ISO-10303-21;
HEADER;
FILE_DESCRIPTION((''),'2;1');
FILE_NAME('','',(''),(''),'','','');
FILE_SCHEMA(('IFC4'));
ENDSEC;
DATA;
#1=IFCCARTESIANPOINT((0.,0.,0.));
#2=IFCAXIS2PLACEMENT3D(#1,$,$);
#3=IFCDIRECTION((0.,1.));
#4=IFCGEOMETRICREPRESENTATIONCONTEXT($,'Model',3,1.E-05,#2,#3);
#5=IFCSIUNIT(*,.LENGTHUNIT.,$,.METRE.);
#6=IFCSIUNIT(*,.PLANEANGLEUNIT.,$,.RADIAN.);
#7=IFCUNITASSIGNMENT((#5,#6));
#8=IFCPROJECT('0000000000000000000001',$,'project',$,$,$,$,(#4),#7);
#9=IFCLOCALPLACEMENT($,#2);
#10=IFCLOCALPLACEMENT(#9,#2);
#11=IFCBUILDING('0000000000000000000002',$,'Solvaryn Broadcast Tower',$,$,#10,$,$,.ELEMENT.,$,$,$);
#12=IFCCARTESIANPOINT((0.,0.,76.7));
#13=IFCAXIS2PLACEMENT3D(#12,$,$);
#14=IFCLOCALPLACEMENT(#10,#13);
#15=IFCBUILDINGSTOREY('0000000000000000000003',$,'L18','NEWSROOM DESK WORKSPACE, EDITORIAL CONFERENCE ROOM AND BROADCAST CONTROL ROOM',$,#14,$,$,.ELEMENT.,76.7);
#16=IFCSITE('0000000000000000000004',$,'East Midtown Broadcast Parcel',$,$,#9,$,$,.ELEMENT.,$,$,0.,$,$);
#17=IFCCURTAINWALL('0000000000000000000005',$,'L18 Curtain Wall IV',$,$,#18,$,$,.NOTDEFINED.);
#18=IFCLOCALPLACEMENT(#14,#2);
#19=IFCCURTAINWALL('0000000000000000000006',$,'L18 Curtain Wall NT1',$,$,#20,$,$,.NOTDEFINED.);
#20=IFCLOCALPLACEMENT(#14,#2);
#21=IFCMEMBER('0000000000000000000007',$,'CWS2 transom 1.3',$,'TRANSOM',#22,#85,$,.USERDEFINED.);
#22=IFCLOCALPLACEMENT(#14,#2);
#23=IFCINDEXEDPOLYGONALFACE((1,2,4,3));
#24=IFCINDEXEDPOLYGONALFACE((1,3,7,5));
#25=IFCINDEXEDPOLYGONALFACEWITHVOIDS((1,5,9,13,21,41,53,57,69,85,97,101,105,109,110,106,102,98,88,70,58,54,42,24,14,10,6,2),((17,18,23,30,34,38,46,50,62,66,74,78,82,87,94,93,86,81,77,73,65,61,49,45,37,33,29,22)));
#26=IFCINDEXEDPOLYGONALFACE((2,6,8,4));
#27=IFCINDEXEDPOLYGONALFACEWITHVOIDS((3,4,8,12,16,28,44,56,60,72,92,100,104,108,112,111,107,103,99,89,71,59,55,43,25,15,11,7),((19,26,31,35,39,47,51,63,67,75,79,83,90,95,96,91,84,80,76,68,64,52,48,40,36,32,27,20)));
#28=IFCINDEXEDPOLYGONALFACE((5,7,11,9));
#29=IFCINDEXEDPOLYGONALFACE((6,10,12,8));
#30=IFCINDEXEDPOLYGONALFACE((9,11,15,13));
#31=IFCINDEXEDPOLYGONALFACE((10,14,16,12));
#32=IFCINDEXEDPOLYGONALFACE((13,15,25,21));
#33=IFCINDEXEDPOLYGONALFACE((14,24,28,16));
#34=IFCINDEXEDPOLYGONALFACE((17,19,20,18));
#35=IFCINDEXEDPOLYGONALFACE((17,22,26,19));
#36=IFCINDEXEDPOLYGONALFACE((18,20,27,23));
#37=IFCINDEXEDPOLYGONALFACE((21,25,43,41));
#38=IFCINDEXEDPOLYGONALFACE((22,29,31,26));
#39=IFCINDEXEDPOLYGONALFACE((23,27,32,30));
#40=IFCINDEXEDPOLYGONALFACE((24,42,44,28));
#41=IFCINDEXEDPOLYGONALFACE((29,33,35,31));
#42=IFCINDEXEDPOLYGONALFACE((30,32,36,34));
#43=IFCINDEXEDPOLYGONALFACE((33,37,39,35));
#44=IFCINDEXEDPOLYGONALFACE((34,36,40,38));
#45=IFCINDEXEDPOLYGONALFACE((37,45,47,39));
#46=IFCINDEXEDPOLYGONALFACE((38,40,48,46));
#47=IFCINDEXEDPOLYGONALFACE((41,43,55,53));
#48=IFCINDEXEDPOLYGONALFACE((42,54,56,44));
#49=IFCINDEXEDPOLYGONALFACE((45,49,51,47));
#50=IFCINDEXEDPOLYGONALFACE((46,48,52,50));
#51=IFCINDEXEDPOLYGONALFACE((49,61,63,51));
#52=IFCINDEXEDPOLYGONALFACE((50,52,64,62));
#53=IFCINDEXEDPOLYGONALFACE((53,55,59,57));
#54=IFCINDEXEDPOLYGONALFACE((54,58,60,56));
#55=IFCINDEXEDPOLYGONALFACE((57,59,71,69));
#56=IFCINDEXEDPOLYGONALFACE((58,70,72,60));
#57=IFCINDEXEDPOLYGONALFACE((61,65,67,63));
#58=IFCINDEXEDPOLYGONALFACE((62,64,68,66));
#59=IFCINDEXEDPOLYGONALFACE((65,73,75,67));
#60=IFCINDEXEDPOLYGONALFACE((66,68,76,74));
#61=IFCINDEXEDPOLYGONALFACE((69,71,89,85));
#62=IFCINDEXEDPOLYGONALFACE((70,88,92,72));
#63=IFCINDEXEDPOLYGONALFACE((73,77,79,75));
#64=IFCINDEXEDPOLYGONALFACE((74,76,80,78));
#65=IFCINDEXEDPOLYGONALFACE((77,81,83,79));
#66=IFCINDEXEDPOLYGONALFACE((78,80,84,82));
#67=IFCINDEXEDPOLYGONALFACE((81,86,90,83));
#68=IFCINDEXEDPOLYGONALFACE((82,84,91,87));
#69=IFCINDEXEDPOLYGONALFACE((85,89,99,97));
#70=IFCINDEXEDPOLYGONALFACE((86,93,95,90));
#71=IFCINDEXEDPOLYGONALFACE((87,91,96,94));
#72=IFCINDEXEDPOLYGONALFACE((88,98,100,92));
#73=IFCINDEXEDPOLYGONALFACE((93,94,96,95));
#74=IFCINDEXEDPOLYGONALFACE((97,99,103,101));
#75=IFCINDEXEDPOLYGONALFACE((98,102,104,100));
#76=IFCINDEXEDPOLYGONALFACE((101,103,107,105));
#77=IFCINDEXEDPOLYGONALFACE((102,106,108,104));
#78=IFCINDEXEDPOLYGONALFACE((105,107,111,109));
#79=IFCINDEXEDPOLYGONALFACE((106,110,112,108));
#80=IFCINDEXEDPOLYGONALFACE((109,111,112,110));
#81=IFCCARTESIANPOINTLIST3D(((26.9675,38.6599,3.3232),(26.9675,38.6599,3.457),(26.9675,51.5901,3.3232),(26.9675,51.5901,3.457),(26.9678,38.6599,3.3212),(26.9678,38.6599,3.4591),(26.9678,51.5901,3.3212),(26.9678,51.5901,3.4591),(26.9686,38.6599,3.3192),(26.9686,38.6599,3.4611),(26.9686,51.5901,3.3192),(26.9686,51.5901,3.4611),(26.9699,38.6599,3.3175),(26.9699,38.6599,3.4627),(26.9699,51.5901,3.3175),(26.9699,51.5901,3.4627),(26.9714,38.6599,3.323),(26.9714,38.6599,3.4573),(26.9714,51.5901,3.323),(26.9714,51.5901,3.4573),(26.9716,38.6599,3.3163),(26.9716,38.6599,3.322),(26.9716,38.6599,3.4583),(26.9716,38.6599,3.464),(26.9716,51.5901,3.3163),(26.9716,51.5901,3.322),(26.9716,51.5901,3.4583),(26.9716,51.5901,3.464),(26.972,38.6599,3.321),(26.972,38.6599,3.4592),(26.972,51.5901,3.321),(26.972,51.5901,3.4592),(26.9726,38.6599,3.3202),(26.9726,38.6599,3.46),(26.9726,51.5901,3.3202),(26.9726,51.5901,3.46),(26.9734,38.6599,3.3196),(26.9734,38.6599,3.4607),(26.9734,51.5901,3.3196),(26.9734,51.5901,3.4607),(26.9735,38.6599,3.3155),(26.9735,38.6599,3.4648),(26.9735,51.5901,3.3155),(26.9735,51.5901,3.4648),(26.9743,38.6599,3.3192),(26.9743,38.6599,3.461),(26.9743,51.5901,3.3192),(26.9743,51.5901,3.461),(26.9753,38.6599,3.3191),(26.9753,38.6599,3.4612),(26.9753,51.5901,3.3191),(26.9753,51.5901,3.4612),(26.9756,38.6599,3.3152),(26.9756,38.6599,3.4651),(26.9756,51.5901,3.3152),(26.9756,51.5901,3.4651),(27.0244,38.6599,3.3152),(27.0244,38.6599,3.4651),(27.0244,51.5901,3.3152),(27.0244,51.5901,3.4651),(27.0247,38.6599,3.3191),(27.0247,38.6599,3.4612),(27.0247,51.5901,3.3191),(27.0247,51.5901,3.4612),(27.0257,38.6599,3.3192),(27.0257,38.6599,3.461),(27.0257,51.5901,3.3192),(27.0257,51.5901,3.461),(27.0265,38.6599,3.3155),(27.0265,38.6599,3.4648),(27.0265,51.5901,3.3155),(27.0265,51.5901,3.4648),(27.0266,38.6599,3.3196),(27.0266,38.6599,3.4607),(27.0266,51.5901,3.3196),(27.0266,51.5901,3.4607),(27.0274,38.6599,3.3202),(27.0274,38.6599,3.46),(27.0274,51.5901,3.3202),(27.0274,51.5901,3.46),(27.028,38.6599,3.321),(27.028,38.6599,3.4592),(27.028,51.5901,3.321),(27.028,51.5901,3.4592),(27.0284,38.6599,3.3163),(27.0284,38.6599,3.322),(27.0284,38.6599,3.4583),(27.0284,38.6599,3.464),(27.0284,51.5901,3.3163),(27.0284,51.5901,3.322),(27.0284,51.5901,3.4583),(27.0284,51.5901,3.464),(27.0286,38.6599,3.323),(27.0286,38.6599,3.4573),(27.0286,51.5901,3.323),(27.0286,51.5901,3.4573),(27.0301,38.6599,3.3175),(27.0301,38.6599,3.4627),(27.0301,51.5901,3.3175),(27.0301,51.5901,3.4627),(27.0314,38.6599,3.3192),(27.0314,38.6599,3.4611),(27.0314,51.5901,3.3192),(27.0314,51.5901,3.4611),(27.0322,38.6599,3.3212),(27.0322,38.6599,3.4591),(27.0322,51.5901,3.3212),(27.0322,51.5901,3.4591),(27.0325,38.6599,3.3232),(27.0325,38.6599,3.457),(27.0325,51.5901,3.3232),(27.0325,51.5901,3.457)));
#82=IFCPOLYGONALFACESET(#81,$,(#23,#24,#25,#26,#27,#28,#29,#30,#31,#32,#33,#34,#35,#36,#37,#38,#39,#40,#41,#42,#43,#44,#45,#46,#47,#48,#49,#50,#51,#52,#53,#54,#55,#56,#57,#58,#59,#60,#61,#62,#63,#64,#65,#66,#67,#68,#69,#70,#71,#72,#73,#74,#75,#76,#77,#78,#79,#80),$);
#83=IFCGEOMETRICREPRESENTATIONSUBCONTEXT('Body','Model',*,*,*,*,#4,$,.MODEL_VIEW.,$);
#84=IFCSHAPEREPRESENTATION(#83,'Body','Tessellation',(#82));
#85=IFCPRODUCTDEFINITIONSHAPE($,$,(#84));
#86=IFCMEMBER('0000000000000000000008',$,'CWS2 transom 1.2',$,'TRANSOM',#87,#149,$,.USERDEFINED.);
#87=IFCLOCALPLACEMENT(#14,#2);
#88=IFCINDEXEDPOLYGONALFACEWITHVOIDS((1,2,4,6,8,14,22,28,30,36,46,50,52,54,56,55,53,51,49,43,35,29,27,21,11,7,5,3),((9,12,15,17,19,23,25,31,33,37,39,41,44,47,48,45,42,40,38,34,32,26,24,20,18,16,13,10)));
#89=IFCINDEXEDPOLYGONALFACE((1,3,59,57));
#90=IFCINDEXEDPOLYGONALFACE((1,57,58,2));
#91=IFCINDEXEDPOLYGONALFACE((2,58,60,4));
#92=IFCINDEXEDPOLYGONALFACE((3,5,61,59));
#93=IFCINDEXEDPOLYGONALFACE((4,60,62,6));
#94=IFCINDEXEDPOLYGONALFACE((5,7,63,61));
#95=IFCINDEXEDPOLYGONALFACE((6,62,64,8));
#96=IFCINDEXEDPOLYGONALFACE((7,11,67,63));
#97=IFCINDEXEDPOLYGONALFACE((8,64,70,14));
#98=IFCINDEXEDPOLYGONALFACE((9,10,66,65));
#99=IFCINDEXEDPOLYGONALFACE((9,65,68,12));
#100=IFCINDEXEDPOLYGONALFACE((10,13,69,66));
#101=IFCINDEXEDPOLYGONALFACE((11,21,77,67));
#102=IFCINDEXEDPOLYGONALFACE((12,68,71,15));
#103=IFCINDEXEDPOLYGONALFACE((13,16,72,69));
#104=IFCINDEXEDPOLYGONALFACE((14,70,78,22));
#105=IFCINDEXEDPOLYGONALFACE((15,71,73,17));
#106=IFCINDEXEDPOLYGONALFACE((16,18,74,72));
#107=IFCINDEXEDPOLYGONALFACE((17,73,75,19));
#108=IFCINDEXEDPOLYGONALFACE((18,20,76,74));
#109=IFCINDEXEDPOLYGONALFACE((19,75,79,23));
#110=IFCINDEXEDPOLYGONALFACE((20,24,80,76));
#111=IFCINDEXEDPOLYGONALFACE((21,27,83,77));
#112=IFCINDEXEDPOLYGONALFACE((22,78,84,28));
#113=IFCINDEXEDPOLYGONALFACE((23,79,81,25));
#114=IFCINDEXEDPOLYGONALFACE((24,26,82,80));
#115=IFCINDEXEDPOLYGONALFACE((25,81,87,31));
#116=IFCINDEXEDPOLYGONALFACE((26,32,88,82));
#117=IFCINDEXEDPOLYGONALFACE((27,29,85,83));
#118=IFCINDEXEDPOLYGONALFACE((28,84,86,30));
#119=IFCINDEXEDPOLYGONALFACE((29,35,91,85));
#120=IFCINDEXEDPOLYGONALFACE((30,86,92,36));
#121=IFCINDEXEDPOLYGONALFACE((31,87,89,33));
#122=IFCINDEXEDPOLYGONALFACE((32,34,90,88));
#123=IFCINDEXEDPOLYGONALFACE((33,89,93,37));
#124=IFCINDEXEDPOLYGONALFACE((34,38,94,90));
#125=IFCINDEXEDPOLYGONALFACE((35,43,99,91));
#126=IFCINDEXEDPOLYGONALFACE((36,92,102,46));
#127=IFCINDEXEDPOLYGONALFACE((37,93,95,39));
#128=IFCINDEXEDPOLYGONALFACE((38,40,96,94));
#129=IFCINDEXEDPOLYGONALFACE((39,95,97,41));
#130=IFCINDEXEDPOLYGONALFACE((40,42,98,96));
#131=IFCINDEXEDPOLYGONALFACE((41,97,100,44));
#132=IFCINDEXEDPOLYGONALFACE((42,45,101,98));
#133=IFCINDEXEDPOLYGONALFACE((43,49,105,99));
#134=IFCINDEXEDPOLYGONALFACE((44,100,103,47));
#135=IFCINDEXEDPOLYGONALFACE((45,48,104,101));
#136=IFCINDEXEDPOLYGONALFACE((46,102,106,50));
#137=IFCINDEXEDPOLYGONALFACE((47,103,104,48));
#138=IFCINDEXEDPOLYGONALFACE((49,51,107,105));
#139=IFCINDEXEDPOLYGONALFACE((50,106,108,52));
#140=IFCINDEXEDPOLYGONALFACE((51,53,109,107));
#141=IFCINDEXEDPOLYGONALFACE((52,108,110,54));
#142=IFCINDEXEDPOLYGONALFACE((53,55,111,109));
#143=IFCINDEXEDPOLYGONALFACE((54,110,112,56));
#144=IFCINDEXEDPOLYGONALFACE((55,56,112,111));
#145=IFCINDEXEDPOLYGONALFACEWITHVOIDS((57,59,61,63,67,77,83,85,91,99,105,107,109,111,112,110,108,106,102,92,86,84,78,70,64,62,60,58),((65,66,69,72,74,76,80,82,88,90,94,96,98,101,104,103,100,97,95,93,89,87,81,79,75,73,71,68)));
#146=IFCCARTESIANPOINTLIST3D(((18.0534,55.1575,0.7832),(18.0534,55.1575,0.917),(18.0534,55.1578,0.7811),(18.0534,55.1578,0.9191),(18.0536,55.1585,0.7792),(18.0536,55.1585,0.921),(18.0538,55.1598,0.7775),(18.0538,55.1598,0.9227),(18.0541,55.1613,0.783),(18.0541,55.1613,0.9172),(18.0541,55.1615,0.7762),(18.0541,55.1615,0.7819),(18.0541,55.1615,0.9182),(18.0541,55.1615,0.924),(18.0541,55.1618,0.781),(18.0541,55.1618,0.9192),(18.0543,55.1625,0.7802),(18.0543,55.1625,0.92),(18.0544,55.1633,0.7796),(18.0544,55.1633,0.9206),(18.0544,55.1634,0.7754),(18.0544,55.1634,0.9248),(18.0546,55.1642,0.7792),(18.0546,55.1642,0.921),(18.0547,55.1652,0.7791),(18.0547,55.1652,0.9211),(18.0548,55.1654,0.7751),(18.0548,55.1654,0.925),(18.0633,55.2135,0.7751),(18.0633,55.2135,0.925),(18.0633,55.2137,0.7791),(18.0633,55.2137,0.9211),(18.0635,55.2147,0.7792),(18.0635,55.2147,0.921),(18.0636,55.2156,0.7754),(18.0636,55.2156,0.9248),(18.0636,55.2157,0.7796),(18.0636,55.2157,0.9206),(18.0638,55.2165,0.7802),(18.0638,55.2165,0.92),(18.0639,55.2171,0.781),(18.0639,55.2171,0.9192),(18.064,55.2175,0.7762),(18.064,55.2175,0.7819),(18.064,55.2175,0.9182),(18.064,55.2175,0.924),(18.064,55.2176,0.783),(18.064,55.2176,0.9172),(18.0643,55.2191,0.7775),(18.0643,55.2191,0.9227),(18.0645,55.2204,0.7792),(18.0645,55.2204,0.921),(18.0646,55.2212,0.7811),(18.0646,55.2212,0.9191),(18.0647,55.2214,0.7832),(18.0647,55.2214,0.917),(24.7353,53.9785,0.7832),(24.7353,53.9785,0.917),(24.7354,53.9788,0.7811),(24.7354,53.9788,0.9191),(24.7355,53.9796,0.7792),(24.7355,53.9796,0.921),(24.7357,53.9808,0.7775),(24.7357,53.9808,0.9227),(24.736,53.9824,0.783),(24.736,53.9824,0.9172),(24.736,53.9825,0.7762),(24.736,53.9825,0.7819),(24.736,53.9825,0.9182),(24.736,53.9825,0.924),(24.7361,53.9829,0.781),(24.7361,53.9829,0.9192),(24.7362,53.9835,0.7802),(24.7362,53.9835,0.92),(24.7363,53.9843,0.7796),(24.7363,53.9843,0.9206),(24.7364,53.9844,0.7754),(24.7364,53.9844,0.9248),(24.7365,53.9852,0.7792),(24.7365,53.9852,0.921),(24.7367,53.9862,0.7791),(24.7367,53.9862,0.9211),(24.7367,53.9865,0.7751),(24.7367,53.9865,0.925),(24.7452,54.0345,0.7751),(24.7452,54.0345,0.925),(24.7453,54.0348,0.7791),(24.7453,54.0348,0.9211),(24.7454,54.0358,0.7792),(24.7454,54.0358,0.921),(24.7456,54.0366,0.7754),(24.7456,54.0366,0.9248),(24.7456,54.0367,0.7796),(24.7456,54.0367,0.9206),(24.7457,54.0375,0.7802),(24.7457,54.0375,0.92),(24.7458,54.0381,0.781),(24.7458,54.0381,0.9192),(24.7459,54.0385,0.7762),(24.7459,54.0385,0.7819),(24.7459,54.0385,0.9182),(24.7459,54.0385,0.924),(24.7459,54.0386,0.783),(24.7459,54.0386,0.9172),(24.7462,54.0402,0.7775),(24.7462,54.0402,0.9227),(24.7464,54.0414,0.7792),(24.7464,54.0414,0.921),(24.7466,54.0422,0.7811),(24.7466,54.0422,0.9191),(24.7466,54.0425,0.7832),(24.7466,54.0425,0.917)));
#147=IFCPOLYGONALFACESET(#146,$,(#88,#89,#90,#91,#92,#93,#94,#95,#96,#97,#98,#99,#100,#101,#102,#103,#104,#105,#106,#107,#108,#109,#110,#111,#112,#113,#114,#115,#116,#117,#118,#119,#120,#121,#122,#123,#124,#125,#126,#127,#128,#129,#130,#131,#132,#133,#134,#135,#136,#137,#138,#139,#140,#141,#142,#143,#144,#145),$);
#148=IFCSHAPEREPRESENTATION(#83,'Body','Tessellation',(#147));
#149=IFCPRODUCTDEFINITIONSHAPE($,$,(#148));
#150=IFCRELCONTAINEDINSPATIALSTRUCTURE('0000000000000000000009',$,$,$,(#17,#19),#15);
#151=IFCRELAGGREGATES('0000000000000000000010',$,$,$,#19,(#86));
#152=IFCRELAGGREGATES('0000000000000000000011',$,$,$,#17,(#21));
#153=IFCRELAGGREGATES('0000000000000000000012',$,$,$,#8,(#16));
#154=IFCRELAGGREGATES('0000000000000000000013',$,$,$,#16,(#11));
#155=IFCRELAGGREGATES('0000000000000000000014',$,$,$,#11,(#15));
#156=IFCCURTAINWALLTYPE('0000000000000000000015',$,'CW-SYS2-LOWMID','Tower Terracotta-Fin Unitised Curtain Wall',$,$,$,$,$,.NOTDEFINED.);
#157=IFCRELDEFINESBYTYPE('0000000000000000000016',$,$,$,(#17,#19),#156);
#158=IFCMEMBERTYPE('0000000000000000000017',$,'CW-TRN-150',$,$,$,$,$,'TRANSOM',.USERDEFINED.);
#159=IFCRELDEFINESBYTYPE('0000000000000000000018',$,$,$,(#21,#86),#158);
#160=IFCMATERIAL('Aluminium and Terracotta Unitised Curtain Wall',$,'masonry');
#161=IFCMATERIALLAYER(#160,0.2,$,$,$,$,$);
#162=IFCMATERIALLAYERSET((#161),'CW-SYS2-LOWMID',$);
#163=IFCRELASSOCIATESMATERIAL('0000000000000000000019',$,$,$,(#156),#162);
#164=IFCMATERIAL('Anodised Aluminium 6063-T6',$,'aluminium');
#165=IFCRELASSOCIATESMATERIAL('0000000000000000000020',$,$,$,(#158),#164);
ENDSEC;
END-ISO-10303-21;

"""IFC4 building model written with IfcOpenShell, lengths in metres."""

from ifc_helpers import new_model, si_unit, direction, frame, origin, origin_2d, place, context, subcontext, project, spatial, hollow_rectangle, extrude, material, layer, layer_set, material_profile, profile_set, type_object, element, aggregate, save


model = new_model("IFC4")

# Units and contexts
model_context = context("Model", 3, precision=1e-05, world=origin(), true_north=direction((0.0, 1.0)))
body_context = subcontext(model_context, "Body", "Model", "MODEL_VIEW")
ifc_project = project(units=[si_unit("LENGTHUNIT", "METRE"), si_unit("PLANEANGLEUNIT", "RADIAN")], contexts=[model_context])

# Site, building, storey
site_placement = place(None, origin())
site = spatial("IfcSite", under=ifc_project, at=site_placement, Name="East Midtown Broadcast Parcel", CompositionType="ELEMENT", RefElevation=0.0)
building_placement = place(site_placement, origin())
building = spatial("IfcBuilding", under=site, at=building_placement, Name="Solvaryn Broadcast Tower", CompositionType="ELEMENT")
storey_placement = place(building_placement, frame((0.0, 0.0, 76.7)))
storey = spatial("IfcBuildingStorey", under=building, at=storey_placement, Name="L18", Description="NEWSROOM DESK WORKSPACE, EDITORIAL CONFERENCE ROOM AND BROADCAST CONTROL ROOM", CompositionType="ELEMENT", Elevation=76.7)

# Curtain wall
ifc_material_1 = material(Name="Aluminium and Terracotta Unitised Curtain Wall", Category="masonry")
ifc_layer_1 = layer(ifc_material_1, 0.2)
ifc_layer_set_1 = layer_set([ifc_layer_1], Name="CW-SYS2-LOWMID")
curtain_wall_type = type_object("IfcCurtainWallType", Name="CW-SYS2-LOWMID", Description="Tower Terracotta-Fin Unitised Curtain Wall", PredefinedType="NOTDEFINED", material=ifc_layer_set_1)
curtain_wall_1_placement = place(storey_placement, origin())
curtain_wall_1 = element("IfcCurtainWall", 1, at=curtain_wall_1_placement, inside=storey, type_object=curtain_wall_type, Name="L18 Curtain Wall IV", PredefinedType="NOTDEFINED")

# Curtain wall
curtain_wall_2_placement = place(storey_placement, origin())
curtain_wall_2 = element("IfcCurtainWall", 2, at=curtain_wall_2_placement, inside=storey, type_object=curtain_wall_type, Name="L18 Curtain Wall NT1", PredefinedType="NOTDEFINED")

# Members
ifc_material_2 = material(Name="Anodised Aluminium 6063-T6", Category="aluminium")
ifc_material_profile_1 = material_profile(ifc_material_2, hollow_rectangle(XDim=0.0649, YDim=0.1499, WallThickness=0.0039, InnerFilletRadius=0.0039, OuterFilletRadius=0.0081, at=origin_2d()))
ifc_profile_set_1 = profile_set([ifc_material_profile_1], Name="Anodised Aluminium 6063-T6")
member_type_1 = type_object("IfcMemberType", Name="CW-TRN-150", ElementType="TRANSOM", PredefinedType="USERDEFINED", material=ifc_profile_set_1)
member_1_placement = place(storey_placement, frame((27.0, 51.5901, 3.3901), z_axis=(0.0, -1.0, 0.0), x_axis=(1.0, 0.0, 0.0)))
member_1 = element("IfcMember", 3, at=member_1_placement, type_object=member_type_1, Name="CWS2 transom 1.3", ObjectType="TRANSOM", PredefinedType="USERDEFINED", context=body_context, shape_type="SweptSolid", body=[
    extrude(hollow_rectangle(XDim=0.0649, YDim=0.1499, WallThickness=0.0039, InnerFilletRadius=0.0039, OuterFilletRadius=0.0081, at=origin_2d()), origin(), (0.0, 0.0, 1.0), 12.9302),
])
member_2_placement = place(storey_placement, frame((24.741, 54.0105, 0.8501), z_axis=(-0.984789, 0.173757, 0.0), x_axis=(-0.173757, -0.984789, 0.0)))
member_2 = element("IfcMember", 4, at=member_2_placement, type_object=member_type_1, Name="CWS2 transom 1.2", ObjectType="TRANSOM", PredefinedType="USERDEFINED", context=body_context, shape_type="SweptSolid", body=[
    extrude(hollow_rectangle(XDim=0.0649, YDim=0.1499, WallThickness=0.0039, InnerFilletRadius=0.0039, OuterFilletRadius=0.0081, at=origin_2d()), origin(), (0.0, 0.0, 1.0), 6.7852),
])
aggregate(curtain_wall_2, [member_2])

aggregate(curtain_wall_1, [member_1])

save(model, "model.ifc")
